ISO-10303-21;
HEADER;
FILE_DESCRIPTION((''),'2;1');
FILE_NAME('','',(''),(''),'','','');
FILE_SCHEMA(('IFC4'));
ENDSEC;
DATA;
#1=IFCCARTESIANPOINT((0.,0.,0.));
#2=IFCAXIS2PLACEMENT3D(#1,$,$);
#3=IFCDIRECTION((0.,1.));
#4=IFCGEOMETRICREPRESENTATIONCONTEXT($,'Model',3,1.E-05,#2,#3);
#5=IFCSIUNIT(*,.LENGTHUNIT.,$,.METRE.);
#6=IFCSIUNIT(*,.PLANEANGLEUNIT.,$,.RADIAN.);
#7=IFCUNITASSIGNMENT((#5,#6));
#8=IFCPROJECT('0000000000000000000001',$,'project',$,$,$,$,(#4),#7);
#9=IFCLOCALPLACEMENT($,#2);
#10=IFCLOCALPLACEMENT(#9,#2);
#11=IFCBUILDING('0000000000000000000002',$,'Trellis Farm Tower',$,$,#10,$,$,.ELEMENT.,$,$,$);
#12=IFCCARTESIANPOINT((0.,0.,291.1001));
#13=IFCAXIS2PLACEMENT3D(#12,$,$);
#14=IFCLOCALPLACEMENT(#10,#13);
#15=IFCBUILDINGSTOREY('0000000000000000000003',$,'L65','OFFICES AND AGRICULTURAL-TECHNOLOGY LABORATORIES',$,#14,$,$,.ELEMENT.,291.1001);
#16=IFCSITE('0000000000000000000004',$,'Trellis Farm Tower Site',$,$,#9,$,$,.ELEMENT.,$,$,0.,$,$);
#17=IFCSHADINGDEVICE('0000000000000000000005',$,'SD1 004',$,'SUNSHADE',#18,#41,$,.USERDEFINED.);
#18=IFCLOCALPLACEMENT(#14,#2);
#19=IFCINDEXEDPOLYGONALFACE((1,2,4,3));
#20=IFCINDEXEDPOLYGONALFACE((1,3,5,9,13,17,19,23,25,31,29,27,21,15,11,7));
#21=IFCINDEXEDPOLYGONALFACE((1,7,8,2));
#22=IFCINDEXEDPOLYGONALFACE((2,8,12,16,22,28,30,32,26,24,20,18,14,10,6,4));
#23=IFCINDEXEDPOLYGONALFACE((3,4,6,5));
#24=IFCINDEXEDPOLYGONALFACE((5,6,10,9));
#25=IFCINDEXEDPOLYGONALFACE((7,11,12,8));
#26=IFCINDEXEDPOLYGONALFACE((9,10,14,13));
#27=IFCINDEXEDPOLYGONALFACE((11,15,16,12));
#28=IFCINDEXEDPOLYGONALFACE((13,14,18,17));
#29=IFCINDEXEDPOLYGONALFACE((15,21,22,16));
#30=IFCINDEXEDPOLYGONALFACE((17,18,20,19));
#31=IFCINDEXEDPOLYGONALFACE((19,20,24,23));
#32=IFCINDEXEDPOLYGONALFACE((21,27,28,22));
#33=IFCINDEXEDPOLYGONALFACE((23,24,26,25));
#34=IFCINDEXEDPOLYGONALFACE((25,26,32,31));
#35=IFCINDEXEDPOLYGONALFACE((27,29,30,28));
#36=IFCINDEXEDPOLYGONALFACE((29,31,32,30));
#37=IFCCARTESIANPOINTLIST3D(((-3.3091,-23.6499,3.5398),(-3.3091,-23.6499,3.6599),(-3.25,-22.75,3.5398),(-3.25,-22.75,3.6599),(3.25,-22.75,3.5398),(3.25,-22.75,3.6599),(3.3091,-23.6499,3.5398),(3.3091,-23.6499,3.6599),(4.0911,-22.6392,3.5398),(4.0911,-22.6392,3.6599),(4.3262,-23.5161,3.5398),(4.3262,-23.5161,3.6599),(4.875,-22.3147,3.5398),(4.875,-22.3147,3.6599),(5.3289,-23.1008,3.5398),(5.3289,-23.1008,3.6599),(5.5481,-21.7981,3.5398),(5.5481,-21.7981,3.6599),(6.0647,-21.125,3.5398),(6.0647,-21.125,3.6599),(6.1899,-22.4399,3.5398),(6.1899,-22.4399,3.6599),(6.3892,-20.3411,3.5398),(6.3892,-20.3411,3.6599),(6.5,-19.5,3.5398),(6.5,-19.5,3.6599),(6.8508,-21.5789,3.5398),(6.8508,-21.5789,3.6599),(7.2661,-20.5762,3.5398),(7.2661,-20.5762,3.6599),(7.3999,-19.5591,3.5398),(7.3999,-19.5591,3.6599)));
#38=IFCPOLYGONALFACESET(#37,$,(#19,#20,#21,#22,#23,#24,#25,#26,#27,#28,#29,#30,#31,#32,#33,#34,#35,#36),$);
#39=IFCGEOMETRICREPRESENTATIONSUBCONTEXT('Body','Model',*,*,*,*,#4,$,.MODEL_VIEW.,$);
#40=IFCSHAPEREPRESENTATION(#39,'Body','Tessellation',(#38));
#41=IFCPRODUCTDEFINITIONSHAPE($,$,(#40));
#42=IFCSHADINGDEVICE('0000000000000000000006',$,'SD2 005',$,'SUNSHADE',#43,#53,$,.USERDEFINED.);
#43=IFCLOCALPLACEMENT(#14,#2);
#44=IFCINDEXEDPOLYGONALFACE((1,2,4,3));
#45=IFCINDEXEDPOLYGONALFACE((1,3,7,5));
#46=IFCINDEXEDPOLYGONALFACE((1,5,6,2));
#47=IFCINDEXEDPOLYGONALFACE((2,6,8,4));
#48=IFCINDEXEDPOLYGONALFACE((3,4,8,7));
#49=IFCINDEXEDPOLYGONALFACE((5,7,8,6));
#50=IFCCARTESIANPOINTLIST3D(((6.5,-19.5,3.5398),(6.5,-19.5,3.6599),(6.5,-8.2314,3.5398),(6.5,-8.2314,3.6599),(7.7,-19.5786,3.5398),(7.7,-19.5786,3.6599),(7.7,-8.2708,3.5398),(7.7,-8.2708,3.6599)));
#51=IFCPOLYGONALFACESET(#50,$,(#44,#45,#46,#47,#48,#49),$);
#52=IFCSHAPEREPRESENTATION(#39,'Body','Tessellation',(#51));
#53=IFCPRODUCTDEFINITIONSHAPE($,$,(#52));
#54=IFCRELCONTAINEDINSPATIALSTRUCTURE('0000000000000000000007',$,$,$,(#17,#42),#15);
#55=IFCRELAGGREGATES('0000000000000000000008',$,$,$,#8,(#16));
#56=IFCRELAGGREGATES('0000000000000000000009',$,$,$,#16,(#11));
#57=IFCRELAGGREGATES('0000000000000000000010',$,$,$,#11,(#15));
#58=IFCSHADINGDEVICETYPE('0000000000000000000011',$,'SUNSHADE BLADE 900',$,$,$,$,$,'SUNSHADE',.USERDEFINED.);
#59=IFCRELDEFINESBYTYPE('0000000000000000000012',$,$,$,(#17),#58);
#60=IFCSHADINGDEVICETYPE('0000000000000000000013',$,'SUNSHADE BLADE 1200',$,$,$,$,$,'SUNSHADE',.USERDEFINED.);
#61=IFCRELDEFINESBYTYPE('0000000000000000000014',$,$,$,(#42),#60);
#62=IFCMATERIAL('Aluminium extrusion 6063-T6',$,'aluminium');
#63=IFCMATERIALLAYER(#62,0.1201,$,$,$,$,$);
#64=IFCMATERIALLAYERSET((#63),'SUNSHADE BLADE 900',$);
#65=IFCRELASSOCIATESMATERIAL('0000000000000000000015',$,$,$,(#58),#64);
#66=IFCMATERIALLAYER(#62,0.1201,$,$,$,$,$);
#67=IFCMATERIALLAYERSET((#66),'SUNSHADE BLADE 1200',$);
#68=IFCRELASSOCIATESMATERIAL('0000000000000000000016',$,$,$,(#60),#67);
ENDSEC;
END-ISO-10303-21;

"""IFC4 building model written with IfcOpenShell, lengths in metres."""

from ifc_helpers import new_model, si_unit, direction, frame, origin, place, context, subcontext, project, spatial, polyline, outline, extrude, source, transform, mapped, material, layer, layer_set, type_object, element, save


model = new_model("IFC4")

# Units and contexts
model_context = context("Model", 3, precision=1e-05, world=origin(), true_north=direction((0.0, 1.0)))
body_context = subcontext(model_context, "Body", "Model", "MODEL_VIEW")
ifc_project = project(units=[si_unit("LENGTHUNIT", "METRE"), si_unit("PLANEANGLEUNIT", "RADIAN")], contexts=[model_context])

# Site, building, storey
site_placement = place(None, origin())
site = spatial("IfcSite", under=ifc_project, at=site_placement, Name="Trellis Farm Tower Site", CompositionType="ELEMENT", RefElevation=0.0)
building_placement = place(site_placement, origin())
building = spatial("IfcBuilding", under=site, at=building_placement, Name="Trellis Farm Tower", CompositionType="ELEMENT")
storey_placement = place(building_placement, frame((0.0, 0.0, 291.1001)))
storey = spatial("IfcBuildingStorey", under=building, at=storey_placement, Name="L65", Description="OFFICES AND AGRICULTURAL-TECHNOLOGY LABORATORIES", CompositionType="ELEMENT", Elevation=291.1001)

# Shared definitions
ifc_material_1 = material(Name="Aluminium extrusion 6063-T6", Category="aluminium")

# Shading devices
ifc_layer_1 = layer(ifc_material_1, 0.1201)
ifc_layer_set_1 = layer_set([ifc_layer_1], Name="SUNSHADE BLADE 900")
shading_device_type_1 = type_object("IfcShadingDeviceType", Name="SUNSHADE BLADE 900", ElementType="SUNSHADE", PredefinedType="USERDEFINED", material=ifc_layer_set_1)
placement_1 = place(storey_placement, frame((0.0, 0.0, 3.5398)))
ifc_layer_2 = layer(ifc_material_1, 0.1201)
ifc_layer_set_2 = layer_set([ifc_layer_2], Name="SUNSHADE BLADE 1200")
shading_device_type_2 = type_object("IfcShadingDeviceType", Name="SUNSHADE BLADE 1200", ElementType="SUNSHADE", PredefinedType="USERDEFINED", material=ifc_layer_set_2)
shared_shape_1 = source(origin(), body_context, "Body", "SweptSolid", [
    extrude(outline(polyline([(-3.3091, -23.6499), (3.3091, -23.6499), (4.3262, -23.5161), (5.3289, -23.1008), (6.1899, -22.4399), (6.8508, -21.5789), (7.2661, -20.5762), (7.3999, -19.5591), (6.5, -19.5), (6.3892, -20.3411), (6.0647, -21.125), (5.5481, -21.7981), (4.875, -22.3147), (4.0911, -22.6392), (3.25, -22.75), (-3.25, -22.75), (-3.3091, -23.6499)])), origin(), (0.0, 0.0, 1.0), 0.1201),
])
element("IfcShadingDevice", 1, at=placement_1, inside=storey, type_object=shading_device_type_1, Name="SD1 004", ObjectType="SUNSHADE", PredefinedType="USERDEFINED", context=body_context, shape_type="MappedRepresentation", body=[
    mapped(shared_shape_1, transform((0.0, 0.0, 0.0))),
])
shared_shape_2 = source(origin(), body_context, "Body", "SweptSolid", [
    extrude(outline(polyline([(7.7, -19.5786), (7.7, -8.2708), (6.5, -8.2314), (6.5, -19.5), (7.7, -19.5786)])), origin(), (0.0, 0.0, 1.0), 0.1201),
])
element("IfcShadingDevice", 2, at=placement_1, inside=storey, type_object=shading_device_type_2, Name="SD2 005", ObjectType="SUNSHADE", PredefinedType="USERDEFINED", context=body_context, shape_type="MappedRepresentation", body=[
    mapped(shared_shape_2, transform((0.0, 0.0, 0.0))),
])

save(model, "model.ifc")
